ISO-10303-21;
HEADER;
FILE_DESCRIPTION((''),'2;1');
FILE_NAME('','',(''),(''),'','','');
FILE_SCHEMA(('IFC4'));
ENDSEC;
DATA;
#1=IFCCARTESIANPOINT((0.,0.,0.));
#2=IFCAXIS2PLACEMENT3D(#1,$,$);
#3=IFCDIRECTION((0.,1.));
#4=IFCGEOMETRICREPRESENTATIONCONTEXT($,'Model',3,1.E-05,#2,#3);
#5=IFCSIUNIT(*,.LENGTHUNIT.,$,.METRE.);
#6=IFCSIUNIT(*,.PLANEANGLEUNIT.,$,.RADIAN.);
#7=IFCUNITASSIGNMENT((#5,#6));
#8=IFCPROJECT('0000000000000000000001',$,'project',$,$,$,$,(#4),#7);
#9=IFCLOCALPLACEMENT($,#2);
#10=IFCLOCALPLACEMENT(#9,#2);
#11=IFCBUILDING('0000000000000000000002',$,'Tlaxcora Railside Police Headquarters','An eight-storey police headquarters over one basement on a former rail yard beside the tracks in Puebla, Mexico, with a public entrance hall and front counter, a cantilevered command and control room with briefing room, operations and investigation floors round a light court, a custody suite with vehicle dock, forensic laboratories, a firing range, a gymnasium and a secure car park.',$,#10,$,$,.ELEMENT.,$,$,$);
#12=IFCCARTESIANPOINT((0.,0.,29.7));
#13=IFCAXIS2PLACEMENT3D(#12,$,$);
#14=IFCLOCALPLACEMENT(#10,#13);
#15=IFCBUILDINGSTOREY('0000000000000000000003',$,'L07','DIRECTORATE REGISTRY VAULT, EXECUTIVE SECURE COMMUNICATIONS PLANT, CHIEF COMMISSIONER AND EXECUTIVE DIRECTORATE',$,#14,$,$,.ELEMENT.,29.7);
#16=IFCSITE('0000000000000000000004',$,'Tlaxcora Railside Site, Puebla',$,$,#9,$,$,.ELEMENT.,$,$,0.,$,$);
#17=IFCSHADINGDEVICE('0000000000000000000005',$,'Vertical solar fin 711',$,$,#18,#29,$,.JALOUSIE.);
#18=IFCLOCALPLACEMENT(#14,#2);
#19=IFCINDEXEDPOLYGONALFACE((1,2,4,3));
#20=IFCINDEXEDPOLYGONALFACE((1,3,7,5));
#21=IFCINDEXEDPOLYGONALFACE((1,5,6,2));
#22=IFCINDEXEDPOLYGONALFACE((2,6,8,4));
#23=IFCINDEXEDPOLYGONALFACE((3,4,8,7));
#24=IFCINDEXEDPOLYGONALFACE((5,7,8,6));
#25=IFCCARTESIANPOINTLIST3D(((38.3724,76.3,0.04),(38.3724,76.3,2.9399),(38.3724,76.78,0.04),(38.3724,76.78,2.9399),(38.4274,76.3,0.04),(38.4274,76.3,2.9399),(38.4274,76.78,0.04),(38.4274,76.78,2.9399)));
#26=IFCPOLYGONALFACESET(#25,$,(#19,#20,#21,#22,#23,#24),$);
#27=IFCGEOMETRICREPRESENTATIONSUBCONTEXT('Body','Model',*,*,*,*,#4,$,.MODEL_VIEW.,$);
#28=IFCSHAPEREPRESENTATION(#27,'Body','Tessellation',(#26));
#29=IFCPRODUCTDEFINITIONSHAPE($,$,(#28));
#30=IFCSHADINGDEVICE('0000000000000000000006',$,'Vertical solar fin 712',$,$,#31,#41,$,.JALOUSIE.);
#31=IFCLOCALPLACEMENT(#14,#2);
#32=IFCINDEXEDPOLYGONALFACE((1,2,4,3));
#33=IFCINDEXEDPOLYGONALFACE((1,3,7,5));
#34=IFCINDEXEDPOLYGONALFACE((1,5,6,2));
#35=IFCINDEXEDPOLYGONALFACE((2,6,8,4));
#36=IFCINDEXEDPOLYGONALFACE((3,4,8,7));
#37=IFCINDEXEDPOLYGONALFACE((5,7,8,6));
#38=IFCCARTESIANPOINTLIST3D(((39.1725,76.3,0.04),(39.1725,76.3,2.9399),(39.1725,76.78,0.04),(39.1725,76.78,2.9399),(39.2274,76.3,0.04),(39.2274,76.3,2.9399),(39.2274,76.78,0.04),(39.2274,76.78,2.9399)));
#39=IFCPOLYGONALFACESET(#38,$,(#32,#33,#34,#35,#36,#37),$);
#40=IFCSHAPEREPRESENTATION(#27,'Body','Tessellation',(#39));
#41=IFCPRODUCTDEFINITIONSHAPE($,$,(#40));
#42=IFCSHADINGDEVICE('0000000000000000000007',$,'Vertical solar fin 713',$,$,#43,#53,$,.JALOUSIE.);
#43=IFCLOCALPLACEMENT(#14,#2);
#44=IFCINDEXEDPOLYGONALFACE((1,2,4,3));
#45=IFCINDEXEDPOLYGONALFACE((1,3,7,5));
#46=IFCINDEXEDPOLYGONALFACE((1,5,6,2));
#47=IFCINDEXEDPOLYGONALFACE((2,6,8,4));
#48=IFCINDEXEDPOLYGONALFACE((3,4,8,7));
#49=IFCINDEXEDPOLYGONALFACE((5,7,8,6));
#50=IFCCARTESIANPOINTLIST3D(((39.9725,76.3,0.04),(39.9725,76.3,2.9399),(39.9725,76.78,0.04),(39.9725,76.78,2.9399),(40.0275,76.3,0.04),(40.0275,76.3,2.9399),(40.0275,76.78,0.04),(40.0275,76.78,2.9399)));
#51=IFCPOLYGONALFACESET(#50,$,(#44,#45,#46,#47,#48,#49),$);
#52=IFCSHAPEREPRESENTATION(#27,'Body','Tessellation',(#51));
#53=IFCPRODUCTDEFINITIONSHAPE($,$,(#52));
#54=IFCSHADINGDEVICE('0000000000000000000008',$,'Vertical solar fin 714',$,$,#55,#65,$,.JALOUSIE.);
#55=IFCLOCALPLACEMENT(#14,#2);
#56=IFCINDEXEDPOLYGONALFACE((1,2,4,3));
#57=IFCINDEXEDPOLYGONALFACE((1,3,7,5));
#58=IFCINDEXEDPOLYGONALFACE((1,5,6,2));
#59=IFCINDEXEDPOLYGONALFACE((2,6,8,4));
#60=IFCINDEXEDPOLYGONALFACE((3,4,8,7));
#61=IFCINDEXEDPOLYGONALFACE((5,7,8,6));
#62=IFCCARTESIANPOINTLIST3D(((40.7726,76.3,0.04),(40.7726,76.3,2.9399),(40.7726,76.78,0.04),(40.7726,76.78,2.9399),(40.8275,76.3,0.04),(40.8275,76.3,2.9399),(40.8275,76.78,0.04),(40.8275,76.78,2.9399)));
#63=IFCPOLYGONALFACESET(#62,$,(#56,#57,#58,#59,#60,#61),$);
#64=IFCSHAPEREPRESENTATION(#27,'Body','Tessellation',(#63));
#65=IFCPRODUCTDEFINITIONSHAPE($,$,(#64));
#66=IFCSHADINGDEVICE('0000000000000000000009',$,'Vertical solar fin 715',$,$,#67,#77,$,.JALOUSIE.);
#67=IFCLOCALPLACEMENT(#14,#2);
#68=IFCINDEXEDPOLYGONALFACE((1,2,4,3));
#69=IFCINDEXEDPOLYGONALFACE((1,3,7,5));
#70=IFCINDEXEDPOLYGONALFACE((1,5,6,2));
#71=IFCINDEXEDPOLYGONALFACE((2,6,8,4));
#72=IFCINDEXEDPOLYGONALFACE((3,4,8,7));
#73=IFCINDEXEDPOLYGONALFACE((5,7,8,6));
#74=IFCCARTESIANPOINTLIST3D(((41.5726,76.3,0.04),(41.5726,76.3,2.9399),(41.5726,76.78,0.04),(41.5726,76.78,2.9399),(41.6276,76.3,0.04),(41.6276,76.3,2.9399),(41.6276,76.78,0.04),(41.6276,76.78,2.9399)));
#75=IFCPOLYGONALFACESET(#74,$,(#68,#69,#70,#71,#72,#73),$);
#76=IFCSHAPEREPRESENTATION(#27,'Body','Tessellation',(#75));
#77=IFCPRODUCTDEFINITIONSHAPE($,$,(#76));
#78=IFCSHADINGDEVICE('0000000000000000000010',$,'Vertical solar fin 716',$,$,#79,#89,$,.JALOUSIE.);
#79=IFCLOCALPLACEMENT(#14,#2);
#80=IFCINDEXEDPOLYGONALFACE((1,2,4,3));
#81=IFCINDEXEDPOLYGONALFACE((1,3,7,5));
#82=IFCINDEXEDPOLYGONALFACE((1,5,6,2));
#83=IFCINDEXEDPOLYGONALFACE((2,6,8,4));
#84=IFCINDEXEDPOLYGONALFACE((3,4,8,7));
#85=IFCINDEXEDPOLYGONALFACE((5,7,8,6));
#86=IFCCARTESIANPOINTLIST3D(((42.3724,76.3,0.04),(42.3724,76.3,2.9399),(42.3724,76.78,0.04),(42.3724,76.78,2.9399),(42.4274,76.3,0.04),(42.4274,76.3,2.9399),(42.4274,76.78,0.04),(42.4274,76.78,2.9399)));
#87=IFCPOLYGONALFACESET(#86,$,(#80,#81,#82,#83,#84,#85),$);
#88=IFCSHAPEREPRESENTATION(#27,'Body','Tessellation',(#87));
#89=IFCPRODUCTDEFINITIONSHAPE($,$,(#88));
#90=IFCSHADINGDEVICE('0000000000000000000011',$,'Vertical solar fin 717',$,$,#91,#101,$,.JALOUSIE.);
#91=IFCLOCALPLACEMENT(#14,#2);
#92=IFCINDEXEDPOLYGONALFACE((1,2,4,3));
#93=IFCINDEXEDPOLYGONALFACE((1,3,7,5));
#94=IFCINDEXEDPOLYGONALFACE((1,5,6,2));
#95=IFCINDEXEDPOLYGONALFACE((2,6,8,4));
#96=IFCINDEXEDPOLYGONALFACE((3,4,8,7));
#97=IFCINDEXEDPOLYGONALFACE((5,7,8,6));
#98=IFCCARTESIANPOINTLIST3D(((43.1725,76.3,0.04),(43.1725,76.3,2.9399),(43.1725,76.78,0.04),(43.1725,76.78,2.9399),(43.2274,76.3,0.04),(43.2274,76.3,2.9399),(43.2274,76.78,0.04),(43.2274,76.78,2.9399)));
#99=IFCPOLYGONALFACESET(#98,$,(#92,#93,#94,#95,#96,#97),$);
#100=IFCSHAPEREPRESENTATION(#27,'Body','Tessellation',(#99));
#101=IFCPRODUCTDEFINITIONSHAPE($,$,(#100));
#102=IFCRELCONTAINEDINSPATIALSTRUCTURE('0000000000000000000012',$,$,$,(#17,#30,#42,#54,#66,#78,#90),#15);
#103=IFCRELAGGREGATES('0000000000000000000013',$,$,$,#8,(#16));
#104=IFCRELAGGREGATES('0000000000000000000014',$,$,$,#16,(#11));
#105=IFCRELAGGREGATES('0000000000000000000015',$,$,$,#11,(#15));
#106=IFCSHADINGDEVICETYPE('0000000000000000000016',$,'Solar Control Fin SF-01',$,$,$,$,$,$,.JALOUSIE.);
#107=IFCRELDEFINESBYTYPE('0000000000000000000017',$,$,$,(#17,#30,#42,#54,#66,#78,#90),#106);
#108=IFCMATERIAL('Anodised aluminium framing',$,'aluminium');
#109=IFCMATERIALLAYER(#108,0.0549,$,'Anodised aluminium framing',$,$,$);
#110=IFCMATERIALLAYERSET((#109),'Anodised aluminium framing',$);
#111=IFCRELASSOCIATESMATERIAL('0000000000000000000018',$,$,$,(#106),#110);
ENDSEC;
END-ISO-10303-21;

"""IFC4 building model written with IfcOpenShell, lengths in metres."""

from ifc_helpers import new_model, si_unit, direction, frame, origin, origin_2d, place, context, subcontext, project, spatial, rectangle, extrude, material, layer, layer_set, type_object, element, save


model = new_model("IFC4")

# Units and contexts
model_context = context("Model", 3, precision=1e-05, world=origin(), true_north=direction((0.0, 1.0)))
body_context = subcontext(model_context, "Body", "Model", "MODEL_VIEW")
ifc_project = project(units=[si_unit("LENGTHUNIT", "METRE"), si_unit("PLANEANGLEUNIT", "RADIAN")], contexts=[model_context])

# Site, building, storey
site_placement = place(None, origin())
site = spatial("IfcSite", under=ifc_project, at=site_placement, Name="Tlaxcora Railside Site, Puebla", CompositionType="ELEMENT", RefElevation=0.0)
building_placement = place(site_placement, origin())
building = spatial("IfcBuilding", under=site, at=building_placement, Name="Tlaxcora Railside Police Headquarters", Description="An eight-storey police headquarters over one basement on a former rail yard beside the tracks in Puebla, Mexico, with a public entrance hall and front counter, a cantilevered command and control room with briefing room, operations and investigation floors round a light court, a custody suite with vehicle dock, forensic laboratories, a firing range, a gymnasium and a secure car park.", CompositionType="ELEMENT")
storey_placement = place(building_placement, frame((0.0, 0.0, 29.7)))
storey = spatial("IfcBuildingStorey", under=building, at=storey_placement, Name="L07", Description="DIRECTORATE REGISTRY VAULT, EXECUTIVE SECURE COMMUNICATIONS PLANT, CHIEF COMMISSIONER AND EXECUTIVE DIRECTORATE", CompositionType="ELEMENT", Elevation=29.7)

# Shading devices
ifc_material_1 = material(Name="Anodised aluminium framing", Category="aluminium")
ifc_layer_1 = layer(ifc_material_1, 0.0549, Name="Anodised aluminium framing")
ifc_layer_set_1 = layer_set([ifc_layer_1], Name="Anodised aluminium framing")
shading_device_type = type_object("IfcShadingDeviceType", Name="Solar Control Fin SF-01", PredefinedType="JALOUSIE", material=ifc_layer_set_1)
for number, where, z_axis, x_axis, name in (
    (1, (38.3999, 76.54, 0.04), (0.0, 0.0, 1.0), (0.0, -1.0, 0.0), "Vertical solar fin 711"),
    (2, (39.2, 76.54, 0.04), (0.0, 0.0, 1.0), (0.0, -1.0, 0.0), "Vertical solar fin 712"),
    (3, (40.0, 76.54, 0.04), (0.0, 0.0, 1.0), (0.0, -1.0, 0.0), "Vertical solar fin 713"),
    (4, (40.8, 76.54, 0.04), (0.0, 0.0, 1.0), (0.0, -1.0, 0.0), "Vertical solar fin 714"),
    (5, (41.6001, 76.54, 0.04), (0.0, 0.0, 1.0), (0.0, -1.0, 0.0), "Vertical solar fin 715"),
    (6, (42.3999, 76.54, 0.04), (0.0, 0.0, 1.0), (0.0, -1.0, 0.0), "Vertical solar fin 716"),
    (7, (43.2, 76.54, 0.04), (0.0, 0.0, 1.0), (0.0, -1.0, 0.0), "Vertical solar fin 717"),
):
    element("IfcShadingDevice", number, at=place(storey_placement, frame(where, z_axis=z_axis, x_axis=x_axis)), inside=storey, type_object=shading_device_type, Name=name, PredefinedType="JALOUSIE", context=body_context, shape_type="SweptSolid", body=[
        extrude(rectangle(XDim=0.48, YDim=0.0549, at=origin_2d()), origin(), (0.0, 0.0, 1.0), 2.8999),
    ])

save(model, "model.ifc")
